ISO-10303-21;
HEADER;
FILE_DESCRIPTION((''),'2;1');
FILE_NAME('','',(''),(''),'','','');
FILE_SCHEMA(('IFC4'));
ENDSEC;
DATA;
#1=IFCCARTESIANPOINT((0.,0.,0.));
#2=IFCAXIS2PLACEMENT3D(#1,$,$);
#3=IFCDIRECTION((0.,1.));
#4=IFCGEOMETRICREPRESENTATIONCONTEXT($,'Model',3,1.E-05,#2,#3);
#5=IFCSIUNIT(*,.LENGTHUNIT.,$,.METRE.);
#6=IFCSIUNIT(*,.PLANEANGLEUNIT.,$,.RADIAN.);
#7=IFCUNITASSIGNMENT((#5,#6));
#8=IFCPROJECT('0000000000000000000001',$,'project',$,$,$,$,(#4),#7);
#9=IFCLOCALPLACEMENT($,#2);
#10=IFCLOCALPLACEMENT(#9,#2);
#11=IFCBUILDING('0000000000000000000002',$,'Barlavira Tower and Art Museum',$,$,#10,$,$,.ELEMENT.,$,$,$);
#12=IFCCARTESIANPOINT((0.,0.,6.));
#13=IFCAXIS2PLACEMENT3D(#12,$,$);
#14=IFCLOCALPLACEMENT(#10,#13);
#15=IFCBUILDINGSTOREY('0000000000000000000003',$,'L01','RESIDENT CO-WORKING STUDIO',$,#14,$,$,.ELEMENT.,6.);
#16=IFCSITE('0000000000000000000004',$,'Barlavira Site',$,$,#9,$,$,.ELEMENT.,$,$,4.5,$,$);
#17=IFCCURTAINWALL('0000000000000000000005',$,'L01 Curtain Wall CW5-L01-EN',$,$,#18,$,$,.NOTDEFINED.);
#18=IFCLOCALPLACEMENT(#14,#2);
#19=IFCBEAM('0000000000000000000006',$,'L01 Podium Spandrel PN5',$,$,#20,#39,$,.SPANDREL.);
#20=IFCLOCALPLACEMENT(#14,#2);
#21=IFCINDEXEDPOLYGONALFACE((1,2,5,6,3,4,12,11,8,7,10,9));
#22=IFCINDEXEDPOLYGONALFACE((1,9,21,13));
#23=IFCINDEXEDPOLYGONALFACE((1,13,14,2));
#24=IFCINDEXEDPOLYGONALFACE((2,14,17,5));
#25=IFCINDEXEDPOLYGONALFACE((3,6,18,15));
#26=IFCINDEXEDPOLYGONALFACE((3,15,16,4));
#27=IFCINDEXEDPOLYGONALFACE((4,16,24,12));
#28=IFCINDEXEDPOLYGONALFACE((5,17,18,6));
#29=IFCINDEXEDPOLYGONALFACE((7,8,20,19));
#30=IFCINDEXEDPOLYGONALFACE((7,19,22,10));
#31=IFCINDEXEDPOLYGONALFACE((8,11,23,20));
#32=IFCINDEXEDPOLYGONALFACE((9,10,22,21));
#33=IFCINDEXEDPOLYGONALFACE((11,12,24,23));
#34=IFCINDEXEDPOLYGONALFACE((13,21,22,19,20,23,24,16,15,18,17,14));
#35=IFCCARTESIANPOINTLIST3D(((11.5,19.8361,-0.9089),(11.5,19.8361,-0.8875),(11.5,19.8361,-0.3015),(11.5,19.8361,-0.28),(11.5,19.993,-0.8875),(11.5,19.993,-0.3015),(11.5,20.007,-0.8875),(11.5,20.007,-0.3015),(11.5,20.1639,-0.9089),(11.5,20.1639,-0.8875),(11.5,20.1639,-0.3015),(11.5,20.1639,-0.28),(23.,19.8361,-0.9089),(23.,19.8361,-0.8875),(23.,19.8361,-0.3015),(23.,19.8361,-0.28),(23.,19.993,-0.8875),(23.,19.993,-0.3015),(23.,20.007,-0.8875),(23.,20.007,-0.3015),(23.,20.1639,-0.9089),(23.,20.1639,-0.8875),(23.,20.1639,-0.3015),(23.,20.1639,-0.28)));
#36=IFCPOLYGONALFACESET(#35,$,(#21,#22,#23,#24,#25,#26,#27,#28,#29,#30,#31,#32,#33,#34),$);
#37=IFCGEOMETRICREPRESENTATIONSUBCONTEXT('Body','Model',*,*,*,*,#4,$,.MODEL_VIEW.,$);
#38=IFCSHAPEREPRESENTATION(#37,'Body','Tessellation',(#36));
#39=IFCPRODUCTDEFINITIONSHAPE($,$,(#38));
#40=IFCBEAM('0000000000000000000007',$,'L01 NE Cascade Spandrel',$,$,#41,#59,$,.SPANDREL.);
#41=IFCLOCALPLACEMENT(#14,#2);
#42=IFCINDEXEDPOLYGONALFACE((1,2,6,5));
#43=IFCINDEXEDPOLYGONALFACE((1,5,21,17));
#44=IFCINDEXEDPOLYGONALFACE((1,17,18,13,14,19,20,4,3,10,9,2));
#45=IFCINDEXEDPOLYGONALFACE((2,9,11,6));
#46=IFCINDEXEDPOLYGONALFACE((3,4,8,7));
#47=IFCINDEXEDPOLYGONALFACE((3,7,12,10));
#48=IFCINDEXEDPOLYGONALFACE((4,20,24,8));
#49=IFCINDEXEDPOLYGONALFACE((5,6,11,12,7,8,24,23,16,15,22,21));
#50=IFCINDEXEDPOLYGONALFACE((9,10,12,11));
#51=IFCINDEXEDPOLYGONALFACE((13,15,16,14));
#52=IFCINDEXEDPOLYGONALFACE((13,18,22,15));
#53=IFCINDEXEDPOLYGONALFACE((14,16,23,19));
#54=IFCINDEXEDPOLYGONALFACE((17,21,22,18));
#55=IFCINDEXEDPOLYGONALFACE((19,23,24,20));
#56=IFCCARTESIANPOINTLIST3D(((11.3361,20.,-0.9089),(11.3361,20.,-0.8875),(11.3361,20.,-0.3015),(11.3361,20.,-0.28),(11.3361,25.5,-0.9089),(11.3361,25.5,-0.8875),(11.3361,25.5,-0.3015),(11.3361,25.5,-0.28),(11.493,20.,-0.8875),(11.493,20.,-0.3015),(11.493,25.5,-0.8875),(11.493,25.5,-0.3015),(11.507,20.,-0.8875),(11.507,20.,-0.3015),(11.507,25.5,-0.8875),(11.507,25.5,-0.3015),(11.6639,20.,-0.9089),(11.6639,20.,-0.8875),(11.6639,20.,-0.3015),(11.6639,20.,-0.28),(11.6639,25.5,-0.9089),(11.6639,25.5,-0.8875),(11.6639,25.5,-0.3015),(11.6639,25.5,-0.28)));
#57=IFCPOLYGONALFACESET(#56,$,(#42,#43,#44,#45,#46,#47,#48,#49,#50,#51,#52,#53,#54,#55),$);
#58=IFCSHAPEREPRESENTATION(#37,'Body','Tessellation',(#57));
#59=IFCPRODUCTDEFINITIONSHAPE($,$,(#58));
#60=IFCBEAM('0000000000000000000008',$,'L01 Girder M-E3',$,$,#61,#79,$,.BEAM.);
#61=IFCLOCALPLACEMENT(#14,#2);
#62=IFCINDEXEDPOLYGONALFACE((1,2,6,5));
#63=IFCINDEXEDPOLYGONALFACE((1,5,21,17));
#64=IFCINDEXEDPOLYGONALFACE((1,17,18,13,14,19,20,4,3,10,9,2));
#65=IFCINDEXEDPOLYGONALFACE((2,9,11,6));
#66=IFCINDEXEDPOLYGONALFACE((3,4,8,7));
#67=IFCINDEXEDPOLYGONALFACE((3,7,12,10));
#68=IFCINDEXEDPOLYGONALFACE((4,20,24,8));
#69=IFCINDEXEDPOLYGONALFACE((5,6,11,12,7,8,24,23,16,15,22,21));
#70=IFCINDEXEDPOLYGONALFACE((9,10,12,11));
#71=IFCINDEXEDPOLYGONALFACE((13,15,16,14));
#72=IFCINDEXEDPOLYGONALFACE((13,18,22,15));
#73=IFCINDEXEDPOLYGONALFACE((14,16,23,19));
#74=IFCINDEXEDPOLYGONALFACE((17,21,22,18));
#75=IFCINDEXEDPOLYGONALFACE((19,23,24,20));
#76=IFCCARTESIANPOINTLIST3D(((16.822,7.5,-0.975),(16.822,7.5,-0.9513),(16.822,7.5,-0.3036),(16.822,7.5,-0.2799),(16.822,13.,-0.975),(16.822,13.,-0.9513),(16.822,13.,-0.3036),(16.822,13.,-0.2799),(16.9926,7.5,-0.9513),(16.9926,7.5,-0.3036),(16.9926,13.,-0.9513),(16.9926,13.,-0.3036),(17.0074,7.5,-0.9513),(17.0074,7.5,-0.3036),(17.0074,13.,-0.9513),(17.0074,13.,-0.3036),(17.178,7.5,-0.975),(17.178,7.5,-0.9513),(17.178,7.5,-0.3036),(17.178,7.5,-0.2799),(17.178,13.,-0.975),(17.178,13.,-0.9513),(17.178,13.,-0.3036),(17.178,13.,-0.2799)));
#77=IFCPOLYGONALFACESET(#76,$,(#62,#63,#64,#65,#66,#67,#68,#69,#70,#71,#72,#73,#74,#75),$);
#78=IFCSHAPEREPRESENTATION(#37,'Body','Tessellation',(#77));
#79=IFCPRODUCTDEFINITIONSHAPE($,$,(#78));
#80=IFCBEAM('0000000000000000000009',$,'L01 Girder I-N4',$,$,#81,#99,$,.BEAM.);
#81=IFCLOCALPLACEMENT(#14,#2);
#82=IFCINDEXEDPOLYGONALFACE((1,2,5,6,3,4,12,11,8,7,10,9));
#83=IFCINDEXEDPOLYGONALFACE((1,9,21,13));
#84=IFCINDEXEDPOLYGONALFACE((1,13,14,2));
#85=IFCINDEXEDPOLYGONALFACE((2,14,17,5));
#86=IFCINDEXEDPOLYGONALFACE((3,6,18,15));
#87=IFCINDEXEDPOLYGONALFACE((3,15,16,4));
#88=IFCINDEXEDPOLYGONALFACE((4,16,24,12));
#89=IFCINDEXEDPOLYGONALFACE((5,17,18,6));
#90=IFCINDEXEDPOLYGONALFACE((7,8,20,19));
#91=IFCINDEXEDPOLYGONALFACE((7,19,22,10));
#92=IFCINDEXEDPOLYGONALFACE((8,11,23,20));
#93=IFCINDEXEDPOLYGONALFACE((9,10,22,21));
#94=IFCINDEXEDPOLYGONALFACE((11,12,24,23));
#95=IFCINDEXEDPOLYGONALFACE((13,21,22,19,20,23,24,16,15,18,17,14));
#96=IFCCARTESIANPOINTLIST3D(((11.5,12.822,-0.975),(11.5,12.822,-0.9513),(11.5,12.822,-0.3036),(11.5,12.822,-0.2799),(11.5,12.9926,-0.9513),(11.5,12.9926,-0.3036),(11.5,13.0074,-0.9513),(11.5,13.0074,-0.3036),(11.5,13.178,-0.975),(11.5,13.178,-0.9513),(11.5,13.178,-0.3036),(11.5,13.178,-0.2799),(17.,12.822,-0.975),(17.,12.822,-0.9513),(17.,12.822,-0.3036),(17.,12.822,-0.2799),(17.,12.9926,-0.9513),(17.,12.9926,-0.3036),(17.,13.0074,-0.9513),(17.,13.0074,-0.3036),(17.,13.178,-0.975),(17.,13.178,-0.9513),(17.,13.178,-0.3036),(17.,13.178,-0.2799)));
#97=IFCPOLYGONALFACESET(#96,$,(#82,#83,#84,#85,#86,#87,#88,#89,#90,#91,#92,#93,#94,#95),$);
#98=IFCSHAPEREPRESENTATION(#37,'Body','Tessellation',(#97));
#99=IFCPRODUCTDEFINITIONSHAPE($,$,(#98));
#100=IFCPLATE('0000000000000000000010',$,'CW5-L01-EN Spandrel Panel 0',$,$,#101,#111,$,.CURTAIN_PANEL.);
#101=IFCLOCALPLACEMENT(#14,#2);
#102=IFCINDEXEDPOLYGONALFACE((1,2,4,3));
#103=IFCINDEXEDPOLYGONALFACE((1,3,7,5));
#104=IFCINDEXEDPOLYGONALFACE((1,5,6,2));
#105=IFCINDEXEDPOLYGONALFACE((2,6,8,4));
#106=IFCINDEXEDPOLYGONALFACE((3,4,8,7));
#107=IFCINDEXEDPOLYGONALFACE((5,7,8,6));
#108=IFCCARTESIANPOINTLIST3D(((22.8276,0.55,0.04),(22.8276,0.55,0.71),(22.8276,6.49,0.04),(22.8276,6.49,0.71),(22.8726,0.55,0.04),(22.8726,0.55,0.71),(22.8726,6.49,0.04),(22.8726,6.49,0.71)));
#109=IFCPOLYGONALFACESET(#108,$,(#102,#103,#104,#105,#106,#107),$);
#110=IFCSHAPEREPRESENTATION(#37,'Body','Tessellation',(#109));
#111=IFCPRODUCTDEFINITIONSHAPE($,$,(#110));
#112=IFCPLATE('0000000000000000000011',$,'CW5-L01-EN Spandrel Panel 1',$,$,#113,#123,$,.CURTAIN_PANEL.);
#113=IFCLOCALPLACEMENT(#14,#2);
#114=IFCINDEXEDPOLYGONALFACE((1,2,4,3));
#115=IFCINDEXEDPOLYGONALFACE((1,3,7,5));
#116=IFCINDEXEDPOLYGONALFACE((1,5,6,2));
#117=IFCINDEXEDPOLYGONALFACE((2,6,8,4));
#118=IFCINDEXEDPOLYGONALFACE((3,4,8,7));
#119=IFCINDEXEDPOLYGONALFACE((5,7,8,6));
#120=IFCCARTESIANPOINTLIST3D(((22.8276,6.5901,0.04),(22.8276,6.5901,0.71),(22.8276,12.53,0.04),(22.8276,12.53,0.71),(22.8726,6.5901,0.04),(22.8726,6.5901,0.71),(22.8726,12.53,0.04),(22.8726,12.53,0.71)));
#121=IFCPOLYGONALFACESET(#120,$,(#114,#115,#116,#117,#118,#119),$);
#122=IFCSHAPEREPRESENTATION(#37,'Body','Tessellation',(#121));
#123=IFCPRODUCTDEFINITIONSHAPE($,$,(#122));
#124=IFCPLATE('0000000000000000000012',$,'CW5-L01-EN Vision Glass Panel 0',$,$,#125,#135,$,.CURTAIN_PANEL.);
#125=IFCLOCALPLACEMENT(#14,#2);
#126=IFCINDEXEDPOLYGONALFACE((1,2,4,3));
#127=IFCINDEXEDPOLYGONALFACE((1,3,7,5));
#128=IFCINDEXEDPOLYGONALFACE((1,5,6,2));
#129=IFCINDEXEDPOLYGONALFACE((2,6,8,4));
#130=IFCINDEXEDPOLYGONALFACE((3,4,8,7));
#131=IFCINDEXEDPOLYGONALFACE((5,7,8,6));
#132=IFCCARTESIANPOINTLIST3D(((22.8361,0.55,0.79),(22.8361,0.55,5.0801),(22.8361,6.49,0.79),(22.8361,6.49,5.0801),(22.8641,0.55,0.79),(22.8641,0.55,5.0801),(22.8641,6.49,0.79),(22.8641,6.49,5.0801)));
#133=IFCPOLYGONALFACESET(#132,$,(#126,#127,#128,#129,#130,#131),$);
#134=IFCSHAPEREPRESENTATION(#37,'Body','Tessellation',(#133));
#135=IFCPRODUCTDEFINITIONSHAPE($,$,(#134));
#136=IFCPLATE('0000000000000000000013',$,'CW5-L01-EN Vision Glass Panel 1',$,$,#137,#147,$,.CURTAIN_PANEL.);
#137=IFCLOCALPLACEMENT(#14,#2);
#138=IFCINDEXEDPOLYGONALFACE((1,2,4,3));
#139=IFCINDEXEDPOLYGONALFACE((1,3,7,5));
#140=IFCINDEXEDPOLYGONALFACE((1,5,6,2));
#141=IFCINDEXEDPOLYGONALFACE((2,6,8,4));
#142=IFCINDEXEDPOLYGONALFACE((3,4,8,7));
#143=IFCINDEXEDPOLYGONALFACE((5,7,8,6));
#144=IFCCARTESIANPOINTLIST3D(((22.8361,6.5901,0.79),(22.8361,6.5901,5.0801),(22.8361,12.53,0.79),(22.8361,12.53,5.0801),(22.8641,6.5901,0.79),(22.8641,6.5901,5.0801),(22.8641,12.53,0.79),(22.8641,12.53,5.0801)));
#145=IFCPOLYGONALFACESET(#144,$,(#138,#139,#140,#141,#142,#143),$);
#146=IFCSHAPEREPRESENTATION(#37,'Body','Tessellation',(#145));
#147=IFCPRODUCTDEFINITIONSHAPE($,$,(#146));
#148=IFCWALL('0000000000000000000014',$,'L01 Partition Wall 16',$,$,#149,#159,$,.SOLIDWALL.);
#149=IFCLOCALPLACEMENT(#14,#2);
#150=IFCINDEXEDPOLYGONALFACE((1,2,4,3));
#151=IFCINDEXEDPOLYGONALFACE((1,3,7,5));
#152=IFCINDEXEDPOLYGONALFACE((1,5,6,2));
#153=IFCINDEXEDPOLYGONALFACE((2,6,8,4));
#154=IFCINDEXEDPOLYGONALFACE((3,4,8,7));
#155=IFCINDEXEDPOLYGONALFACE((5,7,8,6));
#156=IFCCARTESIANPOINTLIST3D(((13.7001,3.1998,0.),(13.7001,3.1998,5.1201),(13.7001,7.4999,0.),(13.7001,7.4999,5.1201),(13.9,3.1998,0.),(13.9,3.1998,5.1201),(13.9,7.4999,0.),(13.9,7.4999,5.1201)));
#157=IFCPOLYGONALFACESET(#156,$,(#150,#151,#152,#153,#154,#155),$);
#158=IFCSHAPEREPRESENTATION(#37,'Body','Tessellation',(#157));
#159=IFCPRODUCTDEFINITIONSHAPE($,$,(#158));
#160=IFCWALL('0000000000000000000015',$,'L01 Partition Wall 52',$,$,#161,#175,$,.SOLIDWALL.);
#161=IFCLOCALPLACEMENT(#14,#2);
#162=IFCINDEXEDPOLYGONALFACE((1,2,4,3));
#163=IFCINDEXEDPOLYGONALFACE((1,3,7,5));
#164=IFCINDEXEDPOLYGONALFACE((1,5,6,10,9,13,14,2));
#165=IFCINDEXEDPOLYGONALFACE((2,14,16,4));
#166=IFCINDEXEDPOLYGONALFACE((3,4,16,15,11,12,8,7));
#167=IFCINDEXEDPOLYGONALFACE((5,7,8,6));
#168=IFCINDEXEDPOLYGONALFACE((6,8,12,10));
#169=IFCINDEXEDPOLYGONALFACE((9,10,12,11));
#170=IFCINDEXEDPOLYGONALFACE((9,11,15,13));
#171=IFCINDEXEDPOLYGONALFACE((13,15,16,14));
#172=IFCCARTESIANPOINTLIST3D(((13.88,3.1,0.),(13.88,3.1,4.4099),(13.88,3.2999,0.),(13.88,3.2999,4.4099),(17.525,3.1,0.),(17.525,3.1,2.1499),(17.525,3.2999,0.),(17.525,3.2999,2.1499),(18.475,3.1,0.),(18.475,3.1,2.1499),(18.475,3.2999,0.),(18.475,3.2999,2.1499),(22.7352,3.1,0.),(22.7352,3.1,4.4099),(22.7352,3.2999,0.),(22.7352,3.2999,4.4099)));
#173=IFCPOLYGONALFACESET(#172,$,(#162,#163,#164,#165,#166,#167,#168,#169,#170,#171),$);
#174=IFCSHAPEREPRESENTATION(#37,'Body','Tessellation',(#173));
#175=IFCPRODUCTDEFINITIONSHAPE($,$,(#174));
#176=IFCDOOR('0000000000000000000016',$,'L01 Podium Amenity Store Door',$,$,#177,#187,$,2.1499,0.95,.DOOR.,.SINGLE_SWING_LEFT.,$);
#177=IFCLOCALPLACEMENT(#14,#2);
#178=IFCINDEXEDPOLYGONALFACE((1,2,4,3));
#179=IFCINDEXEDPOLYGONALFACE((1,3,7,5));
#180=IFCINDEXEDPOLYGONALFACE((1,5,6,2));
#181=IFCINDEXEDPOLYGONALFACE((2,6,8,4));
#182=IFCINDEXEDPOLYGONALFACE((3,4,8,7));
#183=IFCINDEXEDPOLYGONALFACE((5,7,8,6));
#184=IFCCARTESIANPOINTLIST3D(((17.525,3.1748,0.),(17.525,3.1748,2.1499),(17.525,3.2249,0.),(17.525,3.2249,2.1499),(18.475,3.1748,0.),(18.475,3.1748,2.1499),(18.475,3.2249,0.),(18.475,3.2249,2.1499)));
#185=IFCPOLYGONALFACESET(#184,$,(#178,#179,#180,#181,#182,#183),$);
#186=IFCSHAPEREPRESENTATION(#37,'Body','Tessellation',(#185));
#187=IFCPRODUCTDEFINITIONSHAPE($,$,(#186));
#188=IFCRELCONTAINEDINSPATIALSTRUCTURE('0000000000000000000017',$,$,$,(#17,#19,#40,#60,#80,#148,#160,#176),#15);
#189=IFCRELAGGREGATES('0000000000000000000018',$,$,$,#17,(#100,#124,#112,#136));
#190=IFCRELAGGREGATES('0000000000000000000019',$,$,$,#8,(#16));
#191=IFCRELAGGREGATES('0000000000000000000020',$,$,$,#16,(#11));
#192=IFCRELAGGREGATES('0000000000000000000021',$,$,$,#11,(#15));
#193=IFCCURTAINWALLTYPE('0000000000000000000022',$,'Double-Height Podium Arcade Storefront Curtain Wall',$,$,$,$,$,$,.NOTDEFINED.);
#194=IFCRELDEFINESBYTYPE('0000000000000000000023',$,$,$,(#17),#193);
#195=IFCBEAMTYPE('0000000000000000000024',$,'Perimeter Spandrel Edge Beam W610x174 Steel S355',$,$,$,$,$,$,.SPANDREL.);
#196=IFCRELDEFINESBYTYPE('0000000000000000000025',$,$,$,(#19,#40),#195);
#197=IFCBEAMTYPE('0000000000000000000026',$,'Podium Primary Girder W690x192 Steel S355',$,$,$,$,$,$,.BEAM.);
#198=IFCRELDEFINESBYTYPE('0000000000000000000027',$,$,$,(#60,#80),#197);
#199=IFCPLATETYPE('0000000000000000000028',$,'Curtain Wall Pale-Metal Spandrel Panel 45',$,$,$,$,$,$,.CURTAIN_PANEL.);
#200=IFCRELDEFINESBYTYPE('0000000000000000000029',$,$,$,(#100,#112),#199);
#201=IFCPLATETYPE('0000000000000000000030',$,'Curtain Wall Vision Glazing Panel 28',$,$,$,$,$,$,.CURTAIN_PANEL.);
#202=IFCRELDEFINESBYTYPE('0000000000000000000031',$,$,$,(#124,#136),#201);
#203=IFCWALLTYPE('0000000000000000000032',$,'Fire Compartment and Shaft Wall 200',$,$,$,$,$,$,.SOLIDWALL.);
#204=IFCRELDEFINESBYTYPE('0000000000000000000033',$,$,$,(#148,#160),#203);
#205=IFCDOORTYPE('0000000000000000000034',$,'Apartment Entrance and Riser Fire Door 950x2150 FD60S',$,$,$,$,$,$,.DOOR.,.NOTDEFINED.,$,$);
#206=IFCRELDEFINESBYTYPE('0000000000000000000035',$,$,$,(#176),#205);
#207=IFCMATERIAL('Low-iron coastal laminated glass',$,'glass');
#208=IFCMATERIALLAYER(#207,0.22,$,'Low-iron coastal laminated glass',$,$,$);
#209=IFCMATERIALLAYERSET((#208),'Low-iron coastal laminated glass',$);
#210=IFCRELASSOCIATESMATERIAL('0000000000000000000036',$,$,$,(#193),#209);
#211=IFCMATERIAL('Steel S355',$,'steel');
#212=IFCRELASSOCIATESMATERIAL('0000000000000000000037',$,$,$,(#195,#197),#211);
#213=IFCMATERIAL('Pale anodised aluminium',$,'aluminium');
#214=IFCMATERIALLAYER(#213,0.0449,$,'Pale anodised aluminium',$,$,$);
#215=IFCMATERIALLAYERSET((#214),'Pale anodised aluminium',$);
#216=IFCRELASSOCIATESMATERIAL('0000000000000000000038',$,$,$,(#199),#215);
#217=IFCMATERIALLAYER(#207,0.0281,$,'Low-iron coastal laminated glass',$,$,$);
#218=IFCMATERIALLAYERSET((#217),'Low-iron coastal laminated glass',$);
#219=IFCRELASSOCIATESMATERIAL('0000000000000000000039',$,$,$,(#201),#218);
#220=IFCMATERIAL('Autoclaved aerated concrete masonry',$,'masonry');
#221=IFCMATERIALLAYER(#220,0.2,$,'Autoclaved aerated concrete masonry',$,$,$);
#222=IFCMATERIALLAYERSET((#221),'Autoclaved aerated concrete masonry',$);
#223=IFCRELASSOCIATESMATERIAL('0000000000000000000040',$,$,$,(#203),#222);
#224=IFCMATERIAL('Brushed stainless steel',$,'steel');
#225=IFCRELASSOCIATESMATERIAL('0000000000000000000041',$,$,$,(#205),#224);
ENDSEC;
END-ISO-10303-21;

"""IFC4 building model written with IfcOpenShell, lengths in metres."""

from ifc_helpers import new_model, si_unit, direction, frame, frame_2d, origin, origin_2d, place, context, subcontext, project, spatial, rectangle, i_section, extrude, material, layer, layer_set, material_profile, profile_set, type_object, element, fill, aggregate, save


model = new_model("IFC4")

# Units and contexts
model_context = context("Model", 3, precision=1e-05, world=origin(), true_north=direction((0.0, 1.0)))
body_context = subcontext(model_context, "Body", "Model", "MODEL_VIEW")
ifc_project = project(units=[si_unit("LENGTHUNIT", "METRE"), si_unit("PLANEANGLEUNIT", "RADIAN")], contexts=[model_context])

# Site, building, storey
site_placement = place(None, origin())
site = spatial("IfcSite", under=ifc_project, at=site_placement, Name="Barlavira Site", CompositionType="ELEMENT", RefElevation=4.5)
building_placement = place(site_placement, origin())
building = spatial("IfcBuilding", under=site, at=building_placement, Name="Barlavira Tower and Art Museum", CompositionType="ELEMENT")
storey_placement = place(building_placement, frame((0.0, 0.0, 6.0)))
storey = spatial("IfcBuildingStorey", under=building, at=storey_placement, Name="L01", Description="RESIDENT CO-WORKING STUDIO", CompositionType="ELEMENT", Elevation=6.0)

# Curtain wall
ifc_material_1 = material(Name="Low-iron coastal laminated glass", Category="glass")
ifc_layer_1 = layer(ifc_material_1, 0.22, Name="Low-iron coastal laminated glass")
ifc_layer_set_1 = layer_set([ifc_layer_1], Name="Low-iron coastal laminated glass")
curtain_wall_type = type_object("IfcCurtainWallType", Name="Double-Height Podium Arcade Storefront Curtain Wall", PredefinedType="NOTDEFINED", material=ifc_layer_set_1)
curtain_wall_placement = place(storey_placement, origin())
curtain_wall = element("IfcCurtainWall", 1, at=curtain_wall_placement, inside=storey, type_object=curtain_wall_type, Name="L01 Curtain Wall CW5-L01-EN", PredefinedType="NOTDEFINED")
ifc_material_2 = material(Name="Pale anodised aluminium", Category="aluminium")

# Beams
ifc_material_3 = material(Name="Steel S355", Category="steel")
ifc_material_profile_1 = material_profile(ifc_material_3, i_section(OverallWidth=0.3279, OverallDepth=0.6289, WebThickness=0.0139, FlangeThickness=0.0215, at=origin_2d()), Name="W610x174.0")
ifc_profile_set_1 = profile_set([ifc_material_profile_1], Name="Steel S355")
beam_type_1 = type_object("IfcBeamType", Name="Perimeter Spandrel Edge Beam W610x174 Steel S355", PredefinedType="SPANDREL", material=ifc_profile_set_1)
beam_1_placement = place(storey_placement, frame((11.5, 20.0, -0.5945), z_axis=(1.0, 0.0, 0.0), x_axis=(0.0, 1.0, 0.0)))
element("IfcBeam", 2, at=beam_1_placement, inside=storey, type_object=beam_type_1, Name="L01 Podium Spandrel PN5", PredefinedType="SPANDREL", context=body_context, shape_type="SweptSolid", body=[
    extrude(i_section(OverallWidth=0.3279, OverallDepth=0.6289, WebThickness=0.0139, FlangeThickness=0.0215, at=origin_2d()), origin(), (0.0, 0.0, 1.0), 11.5),
])
beam_2_placement = place(storey_placement, frame((11.5, 20.0, -0.5945), z_axis=(0.0, 1.0, 0.0), x_axis=(-1.0, 0.0, 0.0)))
element("IfcBeam", 3, at=beam_2_placement, inside=storey, type_object=beam_type_1, Name="L01 NE Cascade Spandrel", PredefinedType="SPANDREL", context=body_context, shape_type="SweptSolid", body=[
    extrude(i_section(OverallWidth=0.3279, OverallDepth=0.6289, WebThickness=0.0139, FlangeThickness=0.0215, at=origin_2d()), origin(), (0.0, 0.0, 1.0), 5.5),
])
ifc_material_profile_2 = material_profile(ifc_material_3, i_section(OverallWidth=0.356, OverallDepth=0.6951, WebThickness=0.0149, FlangeThickness=0.0237, at=origin_2d()), Name="W690x192.0")
ifc_profile_set_2 = profile_set([ifc_material_profile_2], Name="Steel S355")
beam_type_2 = type_object("IfcBeamType", Name="Podium Primary Girder W690x192 Steel S355", PredefinedType="BEAM", material=ifc_profile_set_2)
for number, where, z_axis, x_axis, name in (
    (4, (17.0, 7.5, -0.6274), (0.0, 1.0, 0.0), (-1.0, 0.0, 0.0), "L01 Girder M-E3"),
    (5, (11.5, 13.0, -0.6274), (1.0, 0.0, 0.0), (0.0, 1.0, 0.0), "L01 Girder I-N4"),
):
    element("IfcBeam", number, at=place(storey_placement, frame(where, z_axis=z_axis, x_axis=x_axis)), inside=storey, type_object=beam_type_2, Name=name, PredefinedType="BEAM", context=body_context, shape_type="SweptSolid", body=[
        extrude(i_section(OverallWidth=0.356, OverallDepth=0.6951, WebThickness=0.0149, FlangeThickness=0.0237, at=origin_2d()), origin(), (0.0, 0.0, 1.0), 5.5),
    ])

# Plates
ifc_layer_2 = layer(ifc_material_2, 0.0449, Name="Pale anodised aluminium")
ifc_layer_set_2 = layer_set([ifc_layer_2], Name="Pale anodised aluminium")
plate_type_1 = type_object("IfcPlateType", Name="Curtain Wall Pale-Metal Spandrel Panel 45", PredefinedType="CURTAIN_PANEL", material=ifc_layer_set_2)
plate_1_placement = place(storey_placement, frame((22.8501, 3.52, 0.04), z_axis=(0.0, 0.0, 1.0), x_axis=(0.0, 1.0, 0.0)))
plate_1 = element("IfcPlate", 6, at=plate_1_placement, type_object=plate_type_1, Name="CW5-L01-EN Spandrel Panel 0", PredefinedType="CURTAIN_PANEL", context=body_context, shape_type="SweptSolid", body=[
    extrude(rectangle(XDim=5.9399, YDim=0.0449, at=origin_2d()), origin(), (0.0, 0.0, 1.0), 0.6699),
])
plate_2_placement = place(storey_placement, frame((22.8501, 9.5601, 0.04), z_axis=(0.0, 0.0, 1.0), x_axis=(0.0, 1.0, 0.0)))
plate_2 = element("IfcPlate", 7, at=plate_2_placement, type_object=plate_type_1, Name="CW5-L01-EN Spandrel Panel 1", PredefinedType="CURTAIN_PANEL", context=body_context, shape_type="SweptSolid", body=[
    extrude(rectangle(XDim=5.9399, YDim=0.0449, at=origin_2d()), origin(), (0.0, 0.0, 1.0), 0.6699),
])
ifc_layer_3 = layer(ifc_material_1, 0.0281, Name="Low-iron coastal laminated glass")
ifc_layer_set_3 = layer_set([ifc_layer_3], Name="Low-iron coastal laminated glass")
plate_type_2 = type_object("IfcPlateType", Name="Curtain Wall Vision Glazing Panel 28", PredefinedType="CURTAIN_PANEL", material=ifc_layer_set_3)
plate_3_placement = place(storey_placement, frame((22.8501, 3.52, 0.79), z_axis=(0.0, 0.0, 1.0), x_axis=(0.0, 1.0, 0.0)))
plate_3 = element("IfcPlate", 8, at=plate_3_placement, type_object=plate_type_2, Name="CW5-L01-EN Vision Glass Panel 0", PredefinedType="CURTAIN_PANEL", context=body_context, shape_type="SweptSolid", body=[
    extrude(rectangle(XDim=5.9399, YDim=0.0281, at=origin_2d()), origin(), (0.0, 0.0, 1.0), 4.29),
])
plate_4_placement = place(storey_placement, frame((22.8501, 9.5601, 0.79), z_axis=(0.0, 0.0, 1.0), x_axis=(0.0, 1.0, 0.0)))
plate_4 = element("IfcPlate", 9, at=plate_4_placement, type_object=plate_type_2, Name="CW5-L01-EN Vision Glass Panel 1", PredefinedType="CURTAIN_PANEL", context=body_context, shape_type="SweptSolid", body=[
    extrude(rectangle(XDim=5.9399, YDim=0.0281, at=origin_2d()), origin(), (0.0, 0.0, 1.0), 4.29),
])
aggregate(curtain_wall, [plate_1, plate_3, plate_2, plate_4])

# Wall
ifc_material_4 = material(Name="Autoclaved aerated concrete masonry", Category="masonry")
ifc_layer_4 = layer(ifc_material_4, 0.2, Name="Autoclaved aerated concrete masonry")
ifc_layer_set_4 = layer_set([ifc_layer_4], Name="Autoclaved aerated concrete masonry")
wall_type_1 = type_object("IfcWallType", Name="Fire Compartment and Shaft Wall 200", PredefinedType="SOLIDWALL", material=ifc_layer_set_4)
wall_1_placement = place(storey_placement, frame((13.8, 3.2, 0.0), z_axis=(0.0, 0.0, 1.0), x_axis=(0.0, 1.0, 0.0)))
element("IfcWall", 10, at=wall_1_placement, inside=storey, type_object=wall_type_1, Name="L01 Partition Wall 16", PredefinedType="SOLIDWALL", context=body_context, shape_type="SweptSolid", body=[
    extrude(rectangle(XDim=4.3, YDim=0.2, at=frame_2d((2.1499, 0.0))), origin(), (0.0, 0.0, 1.0), 5.1201),
])

# Wall, opening, door
wall_2_placement = place(storey_placement, frame((13.8799, 3.2, 0.0), z_axis=(0.0, 0.0, 1.0), x_axis=(1.0, 0.0, 0.0)))
wall_2 = element("IfcWall", 11, at=wall_2_placement, inside=storey, type_object=wall_type_1, Name="L01 Partition Wall 52", PredefinedType="SOLIDWALL", context=body_context, shape_type="SweptSolid", body=[
    extrude(rectangle(XDim=8.8552, YDim=0.2, at=frame_2d((4.4277, 0.0))), origin(), (0.0, 0.0, 1.0), 4.4099),
])
opening_1_placement = place(wall_2_placement, frame((3.645, 0.0, 0.0)))
opening_1 = element("IfcOpeningElement", 12, at=opening_1_placement, cuts=wall_2, PredefinedType="OPENING", context=body_context, shape_type="SweptSolid", body=[
    extrude(rectangle(XDim=0.95, YDim=2.1499, at=frame_2d((0.4751, 1.075))), frame((0.0, 0.1099, 0.0), z_axis=(0.0, -1.0, 0.0), x_axis=(1.0, 0.0, 0.0)), (0.0, 0.0, 1.0), 0.22),
])
ifc_material_5 = material(Name="Brushed stainless steel", Category="steel")
door_type = type_object("IfcDoorType", Name="Apartment Entrance and Riser Fire Door 950x2150 FD60S", OperationType="NOTDEFINED", PredefinedType="DOOR", material=ifc_material_5)
door_1_placement = place(opening_1_placement, origin())
door_1 = element("IfcDoor", 13, at=door_1_placement, inside=storey, type_object=door_type, Name="L01 Podium Amenity Store Door", OperationType="SINGLE_SWING_LEFT", OverallHeight=2.1499, OverallWidth=0.95, PredefinedType="DOOR", context=body_context, shape_type="SweptSolid", body=[
    extrude(rectangle(XDim=0.95, YDim=2.1499, at=frame_2d((0.4751, 1.075))), frame((0.0, 0.0249, 0.0), z_axis=(0.0, -1.0, 0.0), x_axis=(1.0, 0.0, 0.0)), (0.0, 0.0, 1.0), 0.05),
])
fill(opening_1, door_1)

save(model, "model.ifc")
